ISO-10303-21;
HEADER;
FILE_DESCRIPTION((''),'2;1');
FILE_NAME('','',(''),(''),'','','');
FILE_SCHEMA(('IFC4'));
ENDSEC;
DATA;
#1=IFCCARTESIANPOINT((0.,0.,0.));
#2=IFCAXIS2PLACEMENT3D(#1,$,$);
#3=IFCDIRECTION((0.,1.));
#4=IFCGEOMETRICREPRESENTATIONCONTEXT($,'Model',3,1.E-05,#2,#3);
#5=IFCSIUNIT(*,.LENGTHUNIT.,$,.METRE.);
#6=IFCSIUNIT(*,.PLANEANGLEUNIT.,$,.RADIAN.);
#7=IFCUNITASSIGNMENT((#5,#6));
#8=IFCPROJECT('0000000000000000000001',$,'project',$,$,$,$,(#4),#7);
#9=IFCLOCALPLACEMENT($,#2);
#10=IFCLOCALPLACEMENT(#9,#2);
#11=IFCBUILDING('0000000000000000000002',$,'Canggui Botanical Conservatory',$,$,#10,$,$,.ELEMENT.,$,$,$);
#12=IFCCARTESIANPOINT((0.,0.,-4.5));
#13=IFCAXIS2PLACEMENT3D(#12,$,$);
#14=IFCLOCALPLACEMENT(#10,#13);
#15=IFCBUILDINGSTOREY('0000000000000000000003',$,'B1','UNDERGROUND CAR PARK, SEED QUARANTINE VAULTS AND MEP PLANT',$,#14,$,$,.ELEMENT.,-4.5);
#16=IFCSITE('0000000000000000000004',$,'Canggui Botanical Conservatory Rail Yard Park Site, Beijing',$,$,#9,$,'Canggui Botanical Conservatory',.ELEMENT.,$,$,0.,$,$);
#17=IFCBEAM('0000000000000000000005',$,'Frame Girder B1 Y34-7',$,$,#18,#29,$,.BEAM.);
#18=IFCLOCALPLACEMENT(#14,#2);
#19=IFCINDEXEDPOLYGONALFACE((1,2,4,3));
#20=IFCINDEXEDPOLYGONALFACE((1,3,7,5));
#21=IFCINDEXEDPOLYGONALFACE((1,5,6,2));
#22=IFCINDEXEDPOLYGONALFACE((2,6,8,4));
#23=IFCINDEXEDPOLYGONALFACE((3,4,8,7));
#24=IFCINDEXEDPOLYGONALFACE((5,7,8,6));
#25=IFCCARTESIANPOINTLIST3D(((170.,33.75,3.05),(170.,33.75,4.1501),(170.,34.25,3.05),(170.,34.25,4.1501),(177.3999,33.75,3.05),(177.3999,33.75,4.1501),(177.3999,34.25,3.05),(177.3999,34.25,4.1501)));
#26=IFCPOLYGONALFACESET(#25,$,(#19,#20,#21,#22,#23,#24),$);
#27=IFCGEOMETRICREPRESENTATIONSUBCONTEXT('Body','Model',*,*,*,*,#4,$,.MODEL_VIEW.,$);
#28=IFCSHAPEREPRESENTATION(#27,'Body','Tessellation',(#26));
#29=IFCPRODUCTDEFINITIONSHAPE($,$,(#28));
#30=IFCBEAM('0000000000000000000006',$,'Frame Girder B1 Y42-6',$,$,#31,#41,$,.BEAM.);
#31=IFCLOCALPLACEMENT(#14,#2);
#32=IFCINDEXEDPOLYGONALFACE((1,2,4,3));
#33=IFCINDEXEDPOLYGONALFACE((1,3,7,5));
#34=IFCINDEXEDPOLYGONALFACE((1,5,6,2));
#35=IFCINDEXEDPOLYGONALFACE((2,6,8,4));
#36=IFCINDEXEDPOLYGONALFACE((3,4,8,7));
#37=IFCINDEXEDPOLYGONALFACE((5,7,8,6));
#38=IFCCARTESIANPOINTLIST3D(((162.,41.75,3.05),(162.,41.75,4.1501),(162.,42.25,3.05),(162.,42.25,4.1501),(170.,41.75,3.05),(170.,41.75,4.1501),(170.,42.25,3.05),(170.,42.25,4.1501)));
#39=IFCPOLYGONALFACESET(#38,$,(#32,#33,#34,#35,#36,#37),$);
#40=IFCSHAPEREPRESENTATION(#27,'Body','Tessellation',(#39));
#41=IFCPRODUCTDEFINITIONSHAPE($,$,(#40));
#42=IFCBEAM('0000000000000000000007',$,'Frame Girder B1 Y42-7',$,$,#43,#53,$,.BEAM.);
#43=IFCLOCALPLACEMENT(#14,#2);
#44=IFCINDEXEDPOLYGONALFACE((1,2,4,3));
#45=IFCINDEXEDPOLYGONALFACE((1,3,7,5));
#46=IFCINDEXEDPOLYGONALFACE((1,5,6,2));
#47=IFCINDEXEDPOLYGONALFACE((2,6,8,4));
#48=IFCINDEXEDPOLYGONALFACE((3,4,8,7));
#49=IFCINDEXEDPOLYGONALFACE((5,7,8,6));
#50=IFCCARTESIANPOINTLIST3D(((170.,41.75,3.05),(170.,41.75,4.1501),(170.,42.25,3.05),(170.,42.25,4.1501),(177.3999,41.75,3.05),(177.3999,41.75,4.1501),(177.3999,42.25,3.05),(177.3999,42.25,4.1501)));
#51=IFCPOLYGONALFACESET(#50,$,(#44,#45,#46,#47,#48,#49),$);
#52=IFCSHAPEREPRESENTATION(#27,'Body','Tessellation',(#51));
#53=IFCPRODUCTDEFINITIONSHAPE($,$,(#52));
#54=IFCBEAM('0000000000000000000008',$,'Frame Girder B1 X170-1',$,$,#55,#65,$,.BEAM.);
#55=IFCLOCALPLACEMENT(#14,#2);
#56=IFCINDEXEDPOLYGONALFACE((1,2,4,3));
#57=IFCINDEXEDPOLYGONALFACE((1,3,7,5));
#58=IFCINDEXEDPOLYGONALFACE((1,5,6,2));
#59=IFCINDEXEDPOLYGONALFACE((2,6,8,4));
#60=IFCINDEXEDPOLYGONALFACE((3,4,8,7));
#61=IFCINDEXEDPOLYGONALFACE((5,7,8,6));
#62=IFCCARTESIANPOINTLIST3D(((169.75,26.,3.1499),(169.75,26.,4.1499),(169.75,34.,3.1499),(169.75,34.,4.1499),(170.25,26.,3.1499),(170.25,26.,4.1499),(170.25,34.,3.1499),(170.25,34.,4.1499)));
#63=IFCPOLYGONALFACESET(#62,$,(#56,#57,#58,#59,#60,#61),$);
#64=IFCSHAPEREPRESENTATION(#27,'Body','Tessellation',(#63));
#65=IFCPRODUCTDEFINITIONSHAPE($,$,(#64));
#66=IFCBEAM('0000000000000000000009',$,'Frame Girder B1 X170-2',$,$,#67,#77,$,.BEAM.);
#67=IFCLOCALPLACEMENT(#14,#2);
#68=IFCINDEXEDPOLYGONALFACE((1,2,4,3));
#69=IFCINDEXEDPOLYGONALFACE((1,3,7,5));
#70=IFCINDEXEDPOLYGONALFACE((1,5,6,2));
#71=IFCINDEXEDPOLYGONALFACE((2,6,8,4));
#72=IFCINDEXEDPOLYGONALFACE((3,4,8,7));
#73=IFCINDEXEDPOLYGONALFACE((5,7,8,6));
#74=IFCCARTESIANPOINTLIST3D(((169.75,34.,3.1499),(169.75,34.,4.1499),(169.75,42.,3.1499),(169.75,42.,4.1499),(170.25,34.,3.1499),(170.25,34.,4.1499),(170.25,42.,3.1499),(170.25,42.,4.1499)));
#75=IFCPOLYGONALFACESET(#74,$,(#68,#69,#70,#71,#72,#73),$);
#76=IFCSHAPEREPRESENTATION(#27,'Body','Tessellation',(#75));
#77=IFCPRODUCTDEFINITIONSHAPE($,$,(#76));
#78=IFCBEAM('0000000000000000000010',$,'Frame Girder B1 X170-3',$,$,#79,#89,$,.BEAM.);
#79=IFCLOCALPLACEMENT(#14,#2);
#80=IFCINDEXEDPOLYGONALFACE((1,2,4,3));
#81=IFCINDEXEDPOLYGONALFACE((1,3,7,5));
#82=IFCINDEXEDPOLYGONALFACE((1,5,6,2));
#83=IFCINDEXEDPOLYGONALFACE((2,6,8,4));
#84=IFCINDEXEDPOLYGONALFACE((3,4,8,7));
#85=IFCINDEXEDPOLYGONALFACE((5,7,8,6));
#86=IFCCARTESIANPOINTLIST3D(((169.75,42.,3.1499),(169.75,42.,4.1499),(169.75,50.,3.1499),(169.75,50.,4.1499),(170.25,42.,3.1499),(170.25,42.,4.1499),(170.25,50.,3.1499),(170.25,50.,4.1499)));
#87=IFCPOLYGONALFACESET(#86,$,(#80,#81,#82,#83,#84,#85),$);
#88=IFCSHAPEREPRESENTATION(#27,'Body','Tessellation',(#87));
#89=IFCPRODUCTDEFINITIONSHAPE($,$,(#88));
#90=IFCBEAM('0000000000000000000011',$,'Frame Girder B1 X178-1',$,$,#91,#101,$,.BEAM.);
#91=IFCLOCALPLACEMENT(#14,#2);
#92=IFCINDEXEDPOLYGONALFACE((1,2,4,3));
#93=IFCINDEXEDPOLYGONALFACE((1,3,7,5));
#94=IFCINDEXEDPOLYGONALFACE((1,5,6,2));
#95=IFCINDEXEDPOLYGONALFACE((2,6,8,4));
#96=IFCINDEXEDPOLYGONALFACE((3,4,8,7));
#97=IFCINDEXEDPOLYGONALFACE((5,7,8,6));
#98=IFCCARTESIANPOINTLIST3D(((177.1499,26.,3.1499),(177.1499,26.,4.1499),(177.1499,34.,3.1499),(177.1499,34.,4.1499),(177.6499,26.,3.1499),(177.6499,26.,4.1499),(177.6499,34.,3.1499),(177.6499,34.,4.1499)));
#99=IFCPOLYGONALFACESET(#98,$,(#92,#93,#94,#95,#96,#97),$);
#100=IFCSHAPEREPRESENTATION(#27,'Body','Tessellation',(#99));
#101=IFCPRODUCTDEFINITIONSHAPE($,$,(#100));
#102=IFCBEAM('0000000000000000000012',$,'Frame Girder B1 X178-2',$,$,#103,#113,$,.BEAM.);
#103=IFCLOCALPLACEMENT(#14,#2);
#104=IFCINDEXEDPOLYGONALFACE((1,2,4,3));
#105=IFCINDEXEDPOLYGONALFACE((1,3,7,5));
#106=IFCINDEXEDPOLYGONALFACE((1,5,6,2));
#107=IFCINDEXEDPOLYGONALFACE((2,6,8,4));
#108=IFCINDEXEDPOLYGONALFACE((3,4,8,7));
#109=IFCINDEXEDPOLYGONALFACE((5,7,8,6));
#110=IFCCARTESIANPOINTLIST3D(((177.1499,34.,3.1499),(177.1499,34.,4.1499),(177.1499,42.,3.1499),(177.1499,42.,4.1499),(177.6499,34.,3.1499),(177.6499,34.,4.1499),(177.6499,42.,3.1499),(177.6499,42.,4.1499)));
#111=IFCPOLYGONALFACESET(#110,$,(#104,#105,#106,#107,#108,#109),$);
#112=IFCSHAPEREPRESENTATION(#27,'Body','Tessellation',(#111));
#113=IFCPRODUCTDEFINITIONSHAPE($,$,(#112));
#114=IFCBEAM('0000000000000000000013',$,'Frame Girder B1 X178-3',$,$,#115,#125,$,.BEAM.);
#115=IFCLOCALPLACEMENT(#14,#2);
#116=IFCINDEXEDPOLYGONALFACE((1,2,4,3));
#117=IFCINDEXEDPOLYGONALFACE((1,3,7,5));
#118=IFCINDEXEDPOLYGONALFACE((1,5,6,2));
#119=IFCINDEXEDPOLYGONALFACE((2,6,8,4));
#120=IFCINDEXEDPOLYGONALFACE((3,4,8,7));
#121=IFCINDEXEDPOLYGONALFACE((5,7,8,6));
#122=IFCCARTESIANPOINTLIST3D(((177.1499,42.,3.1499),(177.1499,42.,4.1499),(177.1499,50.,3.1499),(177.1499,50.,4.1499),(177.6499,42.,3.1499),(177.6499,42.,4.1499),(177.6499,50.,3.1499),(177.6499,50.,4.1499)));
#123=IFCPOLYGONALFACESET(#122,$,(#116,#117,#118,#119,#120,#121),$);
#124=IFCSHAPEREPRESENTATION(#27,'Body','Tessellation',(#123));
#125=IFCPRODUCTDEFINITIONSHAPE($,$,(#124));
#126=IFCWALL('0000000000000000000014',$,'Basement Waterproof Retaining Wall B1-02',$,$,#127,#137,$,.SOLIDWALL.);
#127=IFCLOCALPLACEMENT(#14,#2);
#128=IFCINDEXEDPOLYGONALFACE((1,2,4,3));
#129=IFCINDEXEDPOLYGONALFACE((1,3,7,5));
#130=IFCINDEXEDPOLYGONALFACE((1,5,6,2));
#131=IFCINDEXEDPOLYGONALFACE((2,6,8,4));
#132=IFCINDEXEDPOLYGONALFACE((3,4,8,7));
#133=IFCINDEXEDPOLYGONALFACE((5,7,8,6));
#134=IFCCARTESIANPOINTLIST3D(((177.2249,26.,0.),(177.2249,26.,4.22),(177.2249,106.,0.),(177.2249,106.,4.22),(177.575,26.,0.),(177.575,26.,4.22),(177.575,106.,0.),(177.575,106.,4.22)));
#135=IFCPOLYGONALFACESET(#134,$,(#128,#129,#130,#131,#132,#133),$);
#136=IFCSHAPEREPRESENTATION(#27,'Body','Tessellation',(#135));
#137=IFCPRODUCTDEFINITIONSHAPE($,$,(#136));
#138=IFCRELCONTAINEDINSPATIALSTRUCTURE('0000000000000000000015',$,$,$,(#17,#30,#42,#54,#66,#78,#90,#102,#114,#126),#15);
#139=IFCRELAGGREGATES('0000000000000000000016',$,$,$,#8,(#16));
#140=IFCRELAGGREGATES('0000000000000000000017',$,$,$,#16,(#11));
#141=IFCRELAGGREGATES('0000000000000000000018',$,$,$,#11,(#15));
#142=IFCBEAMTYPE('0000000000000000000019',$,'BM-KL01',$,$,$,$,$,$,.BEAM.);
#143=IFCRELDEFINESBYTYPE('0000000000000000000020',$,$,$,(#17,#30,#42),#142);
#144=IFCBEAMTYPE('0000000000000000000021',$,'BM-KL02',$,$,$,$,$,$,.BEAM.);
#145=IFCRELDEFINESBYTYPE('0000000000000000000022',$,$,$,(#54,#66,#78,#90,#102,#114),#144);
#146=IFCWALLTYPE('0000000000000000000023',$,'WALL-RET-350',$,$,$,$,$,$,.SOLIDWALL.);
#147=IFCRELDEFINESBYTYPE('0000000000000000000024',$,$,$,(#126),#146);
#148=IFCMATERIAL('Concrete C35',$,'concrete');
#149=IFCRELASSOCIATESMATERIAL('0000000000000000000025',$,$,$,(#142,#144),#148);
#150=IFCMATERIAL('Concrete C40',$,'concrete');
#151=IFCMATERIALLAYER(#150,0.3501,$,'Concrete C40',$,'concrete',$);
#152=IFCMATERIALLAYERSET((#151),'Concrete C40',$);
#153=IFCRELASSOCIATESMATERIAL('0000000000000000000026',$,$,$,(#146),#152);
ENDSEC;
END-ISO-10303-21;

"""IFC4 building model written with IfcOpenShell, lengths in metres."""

from ifc_helpers import new_model, si_unit, direction, frame, frame_2d, origin, origin_2d, place, context, subcontext, project, spatial, rectangle, extrude, material, layer, layer_set, material_profile, profile_set, type_object, element, save


model = new_model("IFC4")

# Units and contexts
model_context = context("Model", 3, precision=1e-05, world=origin(), true_north=direction((0.0, 1.0)))
body_context = subcontext(model_context, "Body", "Model", "MODEL_VIEW")
ifc_project = project(units=[si_unit("LENGTHUNIT", "METRE"), si_unit("PLANEANGLEUNIT", "RADIAN")], contexts=[model_context])

# Site, building, storey
site_placement = place(None, origin())
site = spatial("IfcSite", under=ifc_project, at=site_placement, Name="Canggui Botanical Conservatory Rail Yard Park Site, Beijing", LongName="Canggui Botanical Conservatory", CompositionType="ELEMENT", RefElevation=0.0)
building_placement = place(site_placement, origin())
building = spatial("IfcBuilding", under=site, at=building_placement, Name="Canggui Botanical Conservatory", CompositionType="ELEMENT")
storey_placement = place(building_placement, frame((0.0, 0.0, -4.5)))
storey = spatial("IfcBuildingStorey", under=building, at=storey_placement, Name="B1", Description="UNDERGROUND CAR PARK, SEED QUARANTINE VAULTS AND MEP PLANT", CompositionType="ELEMENT", Elevation=-4.5)

# Shared definitions
ifc_material_1 = material(Name="Concrete C35", Category="concrete")

# Beams
ifc_material_profile_1 = material_profile(ifc_material_1, rectangle(XDim=0.5, YDim=1.1001, at=origin_2d()), Name="RB 500x1100")
ifc_profile_set_1 = profile_set([ifc_material_profile_1], Name="Concrete C35")
beam_type_1 = type_object("IfcBeamType", Name="BM-KL01", PredefinedType="BEAM", material=ifc_profile_set_1)
for number, where, z_axis, x_axis, name in (
    (1, (170.0, 34.0, 3.6001), (1.0, 0.0, 0.0), (0.0, 1.0, 0.0), "Frame Girder B1 Y34-7"),
):
    element("IfcBeam", number, at=place(storey_placement, frame(where, z_axis=z_axis, x_axis=x_axis)), inside=storey, type_object=beam_type_1, Name=name, PredefinedType="BEAM", context=body_context, shape_type="SweptSolid", body=[
        extrude(rectangle(XDim=0.5, YDim=1.1001, at=origin_2d()), origin(), (0.0, 0.0, 1.0), 7.3999),
    ])
beam_1_placement = place(storey_placement, frame((162.0, 42.0, 3.6001), z_axis=(1.0, 0.0, 0.0), x_axis=(0.0, 1.0, 0.0)))
element("IfcBeam", 2, at=beam_1_placement, inside=storey, type_object=beam_type_1, Name="Frame Girder B1 Y42-6", PredefinedType="BEAM", context=body_context, shape_type="SweptSolid", body=[
    extrude(rectangle(XDim=0.5, YDim=1.1001, at=origin_2d()), origin(), (0.0, 0.0, 1.0), 8.0),
])
beam_2_placement = place(storey_placement, frame((170.0, 42.0, 3.6001), z_axis=(1.0, 0.0, 0.0), x_axis=(0.0, 1.0, 0.0)))
element("IfcBeam", 3, at=beam_2_placement, inside=storey, type_object=beam_type_1, Name="Frame Girder B1 Y42-7", PredefinedType="BEAM", context=body_context, shape_type="SweptSolid", body=[
    extrude(rectangle(XDim=0.5, YDim=1.1001, at=origin_2d()), origin(), (0.0, 0.0, 1.0), 7.3999),
])
ifc_material_profile_2 = material_profile(ifc_material_1, rectangle(XDim=0.5, YDim=1.0, at=origin_2d()), Name="RB 500x1000")
ifc_profile_set_2 = profile_set([ifc_material_profile_2], Name="Concrete C35")
beam_type_2 = type_object("IfcBeamType", Name="BM-KL02", PredefinedType="BEAM", material=ifc_profile_set_2)
for number, where, z_axis, x_axis, name in (
    (4, (170.0, 26.0, 3.6499), (0.0, 1.0, 0.0), (-1.0, 0.0, 0.0), "Frame Girder B1 X170-1"),
    (5, (170.0, 34.0, 3.6499), (0.0, 1.0, 0.0), (-1.0, 0.0, 0.0), "Frame Girder B1 X170-2"),
    (6, (170.0, 42.0, 3.6499), (0.0, 1.0, 0.0), (-1.0, 0.0, 0.0), "Frame Girder B1 X170-3"),
    (7, (177.3999, 26.0, 3.6499), (0.0, 1.0, 0.0), (-1.0, 0.0, 0.0), "Frame Girder B1 X178-1"),
    (8, (177.3999, 34.0, 3.6499), (0.0, 1.0, 0.0), (-1.0, 0.0, 0.0), "Frame Girder B1 X178-2"),
    (9, (177.3999, 42.0, 3.6499), (0.0, 1.0, 0.0), (-1.0, 0.0, 0.0), "Frame Girder B1 X178-3"),
):
    element("IfcBeam", number, at=place(storey_placement, frame(where, z_axis=z_axis, x_axis=x_axis)), inside=storey, type_object=beam_type_2, Name=name, PredefinedType="BEAM", context=body_context, shape_type="SweptSolid", body=[
        extrude(rectangle(XDim=0.5, YDim=1.0, at=origin_2d()), origin(), (0.0, 0.0, 1.0), 8.0),
    ])

# Wall
ifc_material_2 = material(Name="Concrete C40", Category="concrete")
ifc_layer = layer(ifc_material_2, 0.3501, Name="Concrete C40", Category="concrete")
ifc_layer_set = layer_set([ifc_layer], Name="Concrete C40")
wall_type = type_object("IfcWallType", Name="WALL-RET-350", PredefinedType="SOLIDWALL", material=ifc_layer_set)
wall_placement = place(storey_placement, frame((177.3999, 26.0, 0.0), z_axis=(0.0, 0.0, 1.0), x_axis=(0.0, 1.0, 0.0)))
element("IfcWall", 10, at=wall_placement, inside=storey, type_object=wall_type, Name="Basement Waterproof Retaining Wall B1-02", PredefinedType="SOLIDWALL", context=body_context, shape_type="SweptSolid", body=[
    extrude(rectangle(XDim=80.0, YDim=0.3501, at=frame_2d((40.0, 0.0))), origin(), (0.0, 0.0, 1.0), 4.22),
])

save(model, "model.ifc")
